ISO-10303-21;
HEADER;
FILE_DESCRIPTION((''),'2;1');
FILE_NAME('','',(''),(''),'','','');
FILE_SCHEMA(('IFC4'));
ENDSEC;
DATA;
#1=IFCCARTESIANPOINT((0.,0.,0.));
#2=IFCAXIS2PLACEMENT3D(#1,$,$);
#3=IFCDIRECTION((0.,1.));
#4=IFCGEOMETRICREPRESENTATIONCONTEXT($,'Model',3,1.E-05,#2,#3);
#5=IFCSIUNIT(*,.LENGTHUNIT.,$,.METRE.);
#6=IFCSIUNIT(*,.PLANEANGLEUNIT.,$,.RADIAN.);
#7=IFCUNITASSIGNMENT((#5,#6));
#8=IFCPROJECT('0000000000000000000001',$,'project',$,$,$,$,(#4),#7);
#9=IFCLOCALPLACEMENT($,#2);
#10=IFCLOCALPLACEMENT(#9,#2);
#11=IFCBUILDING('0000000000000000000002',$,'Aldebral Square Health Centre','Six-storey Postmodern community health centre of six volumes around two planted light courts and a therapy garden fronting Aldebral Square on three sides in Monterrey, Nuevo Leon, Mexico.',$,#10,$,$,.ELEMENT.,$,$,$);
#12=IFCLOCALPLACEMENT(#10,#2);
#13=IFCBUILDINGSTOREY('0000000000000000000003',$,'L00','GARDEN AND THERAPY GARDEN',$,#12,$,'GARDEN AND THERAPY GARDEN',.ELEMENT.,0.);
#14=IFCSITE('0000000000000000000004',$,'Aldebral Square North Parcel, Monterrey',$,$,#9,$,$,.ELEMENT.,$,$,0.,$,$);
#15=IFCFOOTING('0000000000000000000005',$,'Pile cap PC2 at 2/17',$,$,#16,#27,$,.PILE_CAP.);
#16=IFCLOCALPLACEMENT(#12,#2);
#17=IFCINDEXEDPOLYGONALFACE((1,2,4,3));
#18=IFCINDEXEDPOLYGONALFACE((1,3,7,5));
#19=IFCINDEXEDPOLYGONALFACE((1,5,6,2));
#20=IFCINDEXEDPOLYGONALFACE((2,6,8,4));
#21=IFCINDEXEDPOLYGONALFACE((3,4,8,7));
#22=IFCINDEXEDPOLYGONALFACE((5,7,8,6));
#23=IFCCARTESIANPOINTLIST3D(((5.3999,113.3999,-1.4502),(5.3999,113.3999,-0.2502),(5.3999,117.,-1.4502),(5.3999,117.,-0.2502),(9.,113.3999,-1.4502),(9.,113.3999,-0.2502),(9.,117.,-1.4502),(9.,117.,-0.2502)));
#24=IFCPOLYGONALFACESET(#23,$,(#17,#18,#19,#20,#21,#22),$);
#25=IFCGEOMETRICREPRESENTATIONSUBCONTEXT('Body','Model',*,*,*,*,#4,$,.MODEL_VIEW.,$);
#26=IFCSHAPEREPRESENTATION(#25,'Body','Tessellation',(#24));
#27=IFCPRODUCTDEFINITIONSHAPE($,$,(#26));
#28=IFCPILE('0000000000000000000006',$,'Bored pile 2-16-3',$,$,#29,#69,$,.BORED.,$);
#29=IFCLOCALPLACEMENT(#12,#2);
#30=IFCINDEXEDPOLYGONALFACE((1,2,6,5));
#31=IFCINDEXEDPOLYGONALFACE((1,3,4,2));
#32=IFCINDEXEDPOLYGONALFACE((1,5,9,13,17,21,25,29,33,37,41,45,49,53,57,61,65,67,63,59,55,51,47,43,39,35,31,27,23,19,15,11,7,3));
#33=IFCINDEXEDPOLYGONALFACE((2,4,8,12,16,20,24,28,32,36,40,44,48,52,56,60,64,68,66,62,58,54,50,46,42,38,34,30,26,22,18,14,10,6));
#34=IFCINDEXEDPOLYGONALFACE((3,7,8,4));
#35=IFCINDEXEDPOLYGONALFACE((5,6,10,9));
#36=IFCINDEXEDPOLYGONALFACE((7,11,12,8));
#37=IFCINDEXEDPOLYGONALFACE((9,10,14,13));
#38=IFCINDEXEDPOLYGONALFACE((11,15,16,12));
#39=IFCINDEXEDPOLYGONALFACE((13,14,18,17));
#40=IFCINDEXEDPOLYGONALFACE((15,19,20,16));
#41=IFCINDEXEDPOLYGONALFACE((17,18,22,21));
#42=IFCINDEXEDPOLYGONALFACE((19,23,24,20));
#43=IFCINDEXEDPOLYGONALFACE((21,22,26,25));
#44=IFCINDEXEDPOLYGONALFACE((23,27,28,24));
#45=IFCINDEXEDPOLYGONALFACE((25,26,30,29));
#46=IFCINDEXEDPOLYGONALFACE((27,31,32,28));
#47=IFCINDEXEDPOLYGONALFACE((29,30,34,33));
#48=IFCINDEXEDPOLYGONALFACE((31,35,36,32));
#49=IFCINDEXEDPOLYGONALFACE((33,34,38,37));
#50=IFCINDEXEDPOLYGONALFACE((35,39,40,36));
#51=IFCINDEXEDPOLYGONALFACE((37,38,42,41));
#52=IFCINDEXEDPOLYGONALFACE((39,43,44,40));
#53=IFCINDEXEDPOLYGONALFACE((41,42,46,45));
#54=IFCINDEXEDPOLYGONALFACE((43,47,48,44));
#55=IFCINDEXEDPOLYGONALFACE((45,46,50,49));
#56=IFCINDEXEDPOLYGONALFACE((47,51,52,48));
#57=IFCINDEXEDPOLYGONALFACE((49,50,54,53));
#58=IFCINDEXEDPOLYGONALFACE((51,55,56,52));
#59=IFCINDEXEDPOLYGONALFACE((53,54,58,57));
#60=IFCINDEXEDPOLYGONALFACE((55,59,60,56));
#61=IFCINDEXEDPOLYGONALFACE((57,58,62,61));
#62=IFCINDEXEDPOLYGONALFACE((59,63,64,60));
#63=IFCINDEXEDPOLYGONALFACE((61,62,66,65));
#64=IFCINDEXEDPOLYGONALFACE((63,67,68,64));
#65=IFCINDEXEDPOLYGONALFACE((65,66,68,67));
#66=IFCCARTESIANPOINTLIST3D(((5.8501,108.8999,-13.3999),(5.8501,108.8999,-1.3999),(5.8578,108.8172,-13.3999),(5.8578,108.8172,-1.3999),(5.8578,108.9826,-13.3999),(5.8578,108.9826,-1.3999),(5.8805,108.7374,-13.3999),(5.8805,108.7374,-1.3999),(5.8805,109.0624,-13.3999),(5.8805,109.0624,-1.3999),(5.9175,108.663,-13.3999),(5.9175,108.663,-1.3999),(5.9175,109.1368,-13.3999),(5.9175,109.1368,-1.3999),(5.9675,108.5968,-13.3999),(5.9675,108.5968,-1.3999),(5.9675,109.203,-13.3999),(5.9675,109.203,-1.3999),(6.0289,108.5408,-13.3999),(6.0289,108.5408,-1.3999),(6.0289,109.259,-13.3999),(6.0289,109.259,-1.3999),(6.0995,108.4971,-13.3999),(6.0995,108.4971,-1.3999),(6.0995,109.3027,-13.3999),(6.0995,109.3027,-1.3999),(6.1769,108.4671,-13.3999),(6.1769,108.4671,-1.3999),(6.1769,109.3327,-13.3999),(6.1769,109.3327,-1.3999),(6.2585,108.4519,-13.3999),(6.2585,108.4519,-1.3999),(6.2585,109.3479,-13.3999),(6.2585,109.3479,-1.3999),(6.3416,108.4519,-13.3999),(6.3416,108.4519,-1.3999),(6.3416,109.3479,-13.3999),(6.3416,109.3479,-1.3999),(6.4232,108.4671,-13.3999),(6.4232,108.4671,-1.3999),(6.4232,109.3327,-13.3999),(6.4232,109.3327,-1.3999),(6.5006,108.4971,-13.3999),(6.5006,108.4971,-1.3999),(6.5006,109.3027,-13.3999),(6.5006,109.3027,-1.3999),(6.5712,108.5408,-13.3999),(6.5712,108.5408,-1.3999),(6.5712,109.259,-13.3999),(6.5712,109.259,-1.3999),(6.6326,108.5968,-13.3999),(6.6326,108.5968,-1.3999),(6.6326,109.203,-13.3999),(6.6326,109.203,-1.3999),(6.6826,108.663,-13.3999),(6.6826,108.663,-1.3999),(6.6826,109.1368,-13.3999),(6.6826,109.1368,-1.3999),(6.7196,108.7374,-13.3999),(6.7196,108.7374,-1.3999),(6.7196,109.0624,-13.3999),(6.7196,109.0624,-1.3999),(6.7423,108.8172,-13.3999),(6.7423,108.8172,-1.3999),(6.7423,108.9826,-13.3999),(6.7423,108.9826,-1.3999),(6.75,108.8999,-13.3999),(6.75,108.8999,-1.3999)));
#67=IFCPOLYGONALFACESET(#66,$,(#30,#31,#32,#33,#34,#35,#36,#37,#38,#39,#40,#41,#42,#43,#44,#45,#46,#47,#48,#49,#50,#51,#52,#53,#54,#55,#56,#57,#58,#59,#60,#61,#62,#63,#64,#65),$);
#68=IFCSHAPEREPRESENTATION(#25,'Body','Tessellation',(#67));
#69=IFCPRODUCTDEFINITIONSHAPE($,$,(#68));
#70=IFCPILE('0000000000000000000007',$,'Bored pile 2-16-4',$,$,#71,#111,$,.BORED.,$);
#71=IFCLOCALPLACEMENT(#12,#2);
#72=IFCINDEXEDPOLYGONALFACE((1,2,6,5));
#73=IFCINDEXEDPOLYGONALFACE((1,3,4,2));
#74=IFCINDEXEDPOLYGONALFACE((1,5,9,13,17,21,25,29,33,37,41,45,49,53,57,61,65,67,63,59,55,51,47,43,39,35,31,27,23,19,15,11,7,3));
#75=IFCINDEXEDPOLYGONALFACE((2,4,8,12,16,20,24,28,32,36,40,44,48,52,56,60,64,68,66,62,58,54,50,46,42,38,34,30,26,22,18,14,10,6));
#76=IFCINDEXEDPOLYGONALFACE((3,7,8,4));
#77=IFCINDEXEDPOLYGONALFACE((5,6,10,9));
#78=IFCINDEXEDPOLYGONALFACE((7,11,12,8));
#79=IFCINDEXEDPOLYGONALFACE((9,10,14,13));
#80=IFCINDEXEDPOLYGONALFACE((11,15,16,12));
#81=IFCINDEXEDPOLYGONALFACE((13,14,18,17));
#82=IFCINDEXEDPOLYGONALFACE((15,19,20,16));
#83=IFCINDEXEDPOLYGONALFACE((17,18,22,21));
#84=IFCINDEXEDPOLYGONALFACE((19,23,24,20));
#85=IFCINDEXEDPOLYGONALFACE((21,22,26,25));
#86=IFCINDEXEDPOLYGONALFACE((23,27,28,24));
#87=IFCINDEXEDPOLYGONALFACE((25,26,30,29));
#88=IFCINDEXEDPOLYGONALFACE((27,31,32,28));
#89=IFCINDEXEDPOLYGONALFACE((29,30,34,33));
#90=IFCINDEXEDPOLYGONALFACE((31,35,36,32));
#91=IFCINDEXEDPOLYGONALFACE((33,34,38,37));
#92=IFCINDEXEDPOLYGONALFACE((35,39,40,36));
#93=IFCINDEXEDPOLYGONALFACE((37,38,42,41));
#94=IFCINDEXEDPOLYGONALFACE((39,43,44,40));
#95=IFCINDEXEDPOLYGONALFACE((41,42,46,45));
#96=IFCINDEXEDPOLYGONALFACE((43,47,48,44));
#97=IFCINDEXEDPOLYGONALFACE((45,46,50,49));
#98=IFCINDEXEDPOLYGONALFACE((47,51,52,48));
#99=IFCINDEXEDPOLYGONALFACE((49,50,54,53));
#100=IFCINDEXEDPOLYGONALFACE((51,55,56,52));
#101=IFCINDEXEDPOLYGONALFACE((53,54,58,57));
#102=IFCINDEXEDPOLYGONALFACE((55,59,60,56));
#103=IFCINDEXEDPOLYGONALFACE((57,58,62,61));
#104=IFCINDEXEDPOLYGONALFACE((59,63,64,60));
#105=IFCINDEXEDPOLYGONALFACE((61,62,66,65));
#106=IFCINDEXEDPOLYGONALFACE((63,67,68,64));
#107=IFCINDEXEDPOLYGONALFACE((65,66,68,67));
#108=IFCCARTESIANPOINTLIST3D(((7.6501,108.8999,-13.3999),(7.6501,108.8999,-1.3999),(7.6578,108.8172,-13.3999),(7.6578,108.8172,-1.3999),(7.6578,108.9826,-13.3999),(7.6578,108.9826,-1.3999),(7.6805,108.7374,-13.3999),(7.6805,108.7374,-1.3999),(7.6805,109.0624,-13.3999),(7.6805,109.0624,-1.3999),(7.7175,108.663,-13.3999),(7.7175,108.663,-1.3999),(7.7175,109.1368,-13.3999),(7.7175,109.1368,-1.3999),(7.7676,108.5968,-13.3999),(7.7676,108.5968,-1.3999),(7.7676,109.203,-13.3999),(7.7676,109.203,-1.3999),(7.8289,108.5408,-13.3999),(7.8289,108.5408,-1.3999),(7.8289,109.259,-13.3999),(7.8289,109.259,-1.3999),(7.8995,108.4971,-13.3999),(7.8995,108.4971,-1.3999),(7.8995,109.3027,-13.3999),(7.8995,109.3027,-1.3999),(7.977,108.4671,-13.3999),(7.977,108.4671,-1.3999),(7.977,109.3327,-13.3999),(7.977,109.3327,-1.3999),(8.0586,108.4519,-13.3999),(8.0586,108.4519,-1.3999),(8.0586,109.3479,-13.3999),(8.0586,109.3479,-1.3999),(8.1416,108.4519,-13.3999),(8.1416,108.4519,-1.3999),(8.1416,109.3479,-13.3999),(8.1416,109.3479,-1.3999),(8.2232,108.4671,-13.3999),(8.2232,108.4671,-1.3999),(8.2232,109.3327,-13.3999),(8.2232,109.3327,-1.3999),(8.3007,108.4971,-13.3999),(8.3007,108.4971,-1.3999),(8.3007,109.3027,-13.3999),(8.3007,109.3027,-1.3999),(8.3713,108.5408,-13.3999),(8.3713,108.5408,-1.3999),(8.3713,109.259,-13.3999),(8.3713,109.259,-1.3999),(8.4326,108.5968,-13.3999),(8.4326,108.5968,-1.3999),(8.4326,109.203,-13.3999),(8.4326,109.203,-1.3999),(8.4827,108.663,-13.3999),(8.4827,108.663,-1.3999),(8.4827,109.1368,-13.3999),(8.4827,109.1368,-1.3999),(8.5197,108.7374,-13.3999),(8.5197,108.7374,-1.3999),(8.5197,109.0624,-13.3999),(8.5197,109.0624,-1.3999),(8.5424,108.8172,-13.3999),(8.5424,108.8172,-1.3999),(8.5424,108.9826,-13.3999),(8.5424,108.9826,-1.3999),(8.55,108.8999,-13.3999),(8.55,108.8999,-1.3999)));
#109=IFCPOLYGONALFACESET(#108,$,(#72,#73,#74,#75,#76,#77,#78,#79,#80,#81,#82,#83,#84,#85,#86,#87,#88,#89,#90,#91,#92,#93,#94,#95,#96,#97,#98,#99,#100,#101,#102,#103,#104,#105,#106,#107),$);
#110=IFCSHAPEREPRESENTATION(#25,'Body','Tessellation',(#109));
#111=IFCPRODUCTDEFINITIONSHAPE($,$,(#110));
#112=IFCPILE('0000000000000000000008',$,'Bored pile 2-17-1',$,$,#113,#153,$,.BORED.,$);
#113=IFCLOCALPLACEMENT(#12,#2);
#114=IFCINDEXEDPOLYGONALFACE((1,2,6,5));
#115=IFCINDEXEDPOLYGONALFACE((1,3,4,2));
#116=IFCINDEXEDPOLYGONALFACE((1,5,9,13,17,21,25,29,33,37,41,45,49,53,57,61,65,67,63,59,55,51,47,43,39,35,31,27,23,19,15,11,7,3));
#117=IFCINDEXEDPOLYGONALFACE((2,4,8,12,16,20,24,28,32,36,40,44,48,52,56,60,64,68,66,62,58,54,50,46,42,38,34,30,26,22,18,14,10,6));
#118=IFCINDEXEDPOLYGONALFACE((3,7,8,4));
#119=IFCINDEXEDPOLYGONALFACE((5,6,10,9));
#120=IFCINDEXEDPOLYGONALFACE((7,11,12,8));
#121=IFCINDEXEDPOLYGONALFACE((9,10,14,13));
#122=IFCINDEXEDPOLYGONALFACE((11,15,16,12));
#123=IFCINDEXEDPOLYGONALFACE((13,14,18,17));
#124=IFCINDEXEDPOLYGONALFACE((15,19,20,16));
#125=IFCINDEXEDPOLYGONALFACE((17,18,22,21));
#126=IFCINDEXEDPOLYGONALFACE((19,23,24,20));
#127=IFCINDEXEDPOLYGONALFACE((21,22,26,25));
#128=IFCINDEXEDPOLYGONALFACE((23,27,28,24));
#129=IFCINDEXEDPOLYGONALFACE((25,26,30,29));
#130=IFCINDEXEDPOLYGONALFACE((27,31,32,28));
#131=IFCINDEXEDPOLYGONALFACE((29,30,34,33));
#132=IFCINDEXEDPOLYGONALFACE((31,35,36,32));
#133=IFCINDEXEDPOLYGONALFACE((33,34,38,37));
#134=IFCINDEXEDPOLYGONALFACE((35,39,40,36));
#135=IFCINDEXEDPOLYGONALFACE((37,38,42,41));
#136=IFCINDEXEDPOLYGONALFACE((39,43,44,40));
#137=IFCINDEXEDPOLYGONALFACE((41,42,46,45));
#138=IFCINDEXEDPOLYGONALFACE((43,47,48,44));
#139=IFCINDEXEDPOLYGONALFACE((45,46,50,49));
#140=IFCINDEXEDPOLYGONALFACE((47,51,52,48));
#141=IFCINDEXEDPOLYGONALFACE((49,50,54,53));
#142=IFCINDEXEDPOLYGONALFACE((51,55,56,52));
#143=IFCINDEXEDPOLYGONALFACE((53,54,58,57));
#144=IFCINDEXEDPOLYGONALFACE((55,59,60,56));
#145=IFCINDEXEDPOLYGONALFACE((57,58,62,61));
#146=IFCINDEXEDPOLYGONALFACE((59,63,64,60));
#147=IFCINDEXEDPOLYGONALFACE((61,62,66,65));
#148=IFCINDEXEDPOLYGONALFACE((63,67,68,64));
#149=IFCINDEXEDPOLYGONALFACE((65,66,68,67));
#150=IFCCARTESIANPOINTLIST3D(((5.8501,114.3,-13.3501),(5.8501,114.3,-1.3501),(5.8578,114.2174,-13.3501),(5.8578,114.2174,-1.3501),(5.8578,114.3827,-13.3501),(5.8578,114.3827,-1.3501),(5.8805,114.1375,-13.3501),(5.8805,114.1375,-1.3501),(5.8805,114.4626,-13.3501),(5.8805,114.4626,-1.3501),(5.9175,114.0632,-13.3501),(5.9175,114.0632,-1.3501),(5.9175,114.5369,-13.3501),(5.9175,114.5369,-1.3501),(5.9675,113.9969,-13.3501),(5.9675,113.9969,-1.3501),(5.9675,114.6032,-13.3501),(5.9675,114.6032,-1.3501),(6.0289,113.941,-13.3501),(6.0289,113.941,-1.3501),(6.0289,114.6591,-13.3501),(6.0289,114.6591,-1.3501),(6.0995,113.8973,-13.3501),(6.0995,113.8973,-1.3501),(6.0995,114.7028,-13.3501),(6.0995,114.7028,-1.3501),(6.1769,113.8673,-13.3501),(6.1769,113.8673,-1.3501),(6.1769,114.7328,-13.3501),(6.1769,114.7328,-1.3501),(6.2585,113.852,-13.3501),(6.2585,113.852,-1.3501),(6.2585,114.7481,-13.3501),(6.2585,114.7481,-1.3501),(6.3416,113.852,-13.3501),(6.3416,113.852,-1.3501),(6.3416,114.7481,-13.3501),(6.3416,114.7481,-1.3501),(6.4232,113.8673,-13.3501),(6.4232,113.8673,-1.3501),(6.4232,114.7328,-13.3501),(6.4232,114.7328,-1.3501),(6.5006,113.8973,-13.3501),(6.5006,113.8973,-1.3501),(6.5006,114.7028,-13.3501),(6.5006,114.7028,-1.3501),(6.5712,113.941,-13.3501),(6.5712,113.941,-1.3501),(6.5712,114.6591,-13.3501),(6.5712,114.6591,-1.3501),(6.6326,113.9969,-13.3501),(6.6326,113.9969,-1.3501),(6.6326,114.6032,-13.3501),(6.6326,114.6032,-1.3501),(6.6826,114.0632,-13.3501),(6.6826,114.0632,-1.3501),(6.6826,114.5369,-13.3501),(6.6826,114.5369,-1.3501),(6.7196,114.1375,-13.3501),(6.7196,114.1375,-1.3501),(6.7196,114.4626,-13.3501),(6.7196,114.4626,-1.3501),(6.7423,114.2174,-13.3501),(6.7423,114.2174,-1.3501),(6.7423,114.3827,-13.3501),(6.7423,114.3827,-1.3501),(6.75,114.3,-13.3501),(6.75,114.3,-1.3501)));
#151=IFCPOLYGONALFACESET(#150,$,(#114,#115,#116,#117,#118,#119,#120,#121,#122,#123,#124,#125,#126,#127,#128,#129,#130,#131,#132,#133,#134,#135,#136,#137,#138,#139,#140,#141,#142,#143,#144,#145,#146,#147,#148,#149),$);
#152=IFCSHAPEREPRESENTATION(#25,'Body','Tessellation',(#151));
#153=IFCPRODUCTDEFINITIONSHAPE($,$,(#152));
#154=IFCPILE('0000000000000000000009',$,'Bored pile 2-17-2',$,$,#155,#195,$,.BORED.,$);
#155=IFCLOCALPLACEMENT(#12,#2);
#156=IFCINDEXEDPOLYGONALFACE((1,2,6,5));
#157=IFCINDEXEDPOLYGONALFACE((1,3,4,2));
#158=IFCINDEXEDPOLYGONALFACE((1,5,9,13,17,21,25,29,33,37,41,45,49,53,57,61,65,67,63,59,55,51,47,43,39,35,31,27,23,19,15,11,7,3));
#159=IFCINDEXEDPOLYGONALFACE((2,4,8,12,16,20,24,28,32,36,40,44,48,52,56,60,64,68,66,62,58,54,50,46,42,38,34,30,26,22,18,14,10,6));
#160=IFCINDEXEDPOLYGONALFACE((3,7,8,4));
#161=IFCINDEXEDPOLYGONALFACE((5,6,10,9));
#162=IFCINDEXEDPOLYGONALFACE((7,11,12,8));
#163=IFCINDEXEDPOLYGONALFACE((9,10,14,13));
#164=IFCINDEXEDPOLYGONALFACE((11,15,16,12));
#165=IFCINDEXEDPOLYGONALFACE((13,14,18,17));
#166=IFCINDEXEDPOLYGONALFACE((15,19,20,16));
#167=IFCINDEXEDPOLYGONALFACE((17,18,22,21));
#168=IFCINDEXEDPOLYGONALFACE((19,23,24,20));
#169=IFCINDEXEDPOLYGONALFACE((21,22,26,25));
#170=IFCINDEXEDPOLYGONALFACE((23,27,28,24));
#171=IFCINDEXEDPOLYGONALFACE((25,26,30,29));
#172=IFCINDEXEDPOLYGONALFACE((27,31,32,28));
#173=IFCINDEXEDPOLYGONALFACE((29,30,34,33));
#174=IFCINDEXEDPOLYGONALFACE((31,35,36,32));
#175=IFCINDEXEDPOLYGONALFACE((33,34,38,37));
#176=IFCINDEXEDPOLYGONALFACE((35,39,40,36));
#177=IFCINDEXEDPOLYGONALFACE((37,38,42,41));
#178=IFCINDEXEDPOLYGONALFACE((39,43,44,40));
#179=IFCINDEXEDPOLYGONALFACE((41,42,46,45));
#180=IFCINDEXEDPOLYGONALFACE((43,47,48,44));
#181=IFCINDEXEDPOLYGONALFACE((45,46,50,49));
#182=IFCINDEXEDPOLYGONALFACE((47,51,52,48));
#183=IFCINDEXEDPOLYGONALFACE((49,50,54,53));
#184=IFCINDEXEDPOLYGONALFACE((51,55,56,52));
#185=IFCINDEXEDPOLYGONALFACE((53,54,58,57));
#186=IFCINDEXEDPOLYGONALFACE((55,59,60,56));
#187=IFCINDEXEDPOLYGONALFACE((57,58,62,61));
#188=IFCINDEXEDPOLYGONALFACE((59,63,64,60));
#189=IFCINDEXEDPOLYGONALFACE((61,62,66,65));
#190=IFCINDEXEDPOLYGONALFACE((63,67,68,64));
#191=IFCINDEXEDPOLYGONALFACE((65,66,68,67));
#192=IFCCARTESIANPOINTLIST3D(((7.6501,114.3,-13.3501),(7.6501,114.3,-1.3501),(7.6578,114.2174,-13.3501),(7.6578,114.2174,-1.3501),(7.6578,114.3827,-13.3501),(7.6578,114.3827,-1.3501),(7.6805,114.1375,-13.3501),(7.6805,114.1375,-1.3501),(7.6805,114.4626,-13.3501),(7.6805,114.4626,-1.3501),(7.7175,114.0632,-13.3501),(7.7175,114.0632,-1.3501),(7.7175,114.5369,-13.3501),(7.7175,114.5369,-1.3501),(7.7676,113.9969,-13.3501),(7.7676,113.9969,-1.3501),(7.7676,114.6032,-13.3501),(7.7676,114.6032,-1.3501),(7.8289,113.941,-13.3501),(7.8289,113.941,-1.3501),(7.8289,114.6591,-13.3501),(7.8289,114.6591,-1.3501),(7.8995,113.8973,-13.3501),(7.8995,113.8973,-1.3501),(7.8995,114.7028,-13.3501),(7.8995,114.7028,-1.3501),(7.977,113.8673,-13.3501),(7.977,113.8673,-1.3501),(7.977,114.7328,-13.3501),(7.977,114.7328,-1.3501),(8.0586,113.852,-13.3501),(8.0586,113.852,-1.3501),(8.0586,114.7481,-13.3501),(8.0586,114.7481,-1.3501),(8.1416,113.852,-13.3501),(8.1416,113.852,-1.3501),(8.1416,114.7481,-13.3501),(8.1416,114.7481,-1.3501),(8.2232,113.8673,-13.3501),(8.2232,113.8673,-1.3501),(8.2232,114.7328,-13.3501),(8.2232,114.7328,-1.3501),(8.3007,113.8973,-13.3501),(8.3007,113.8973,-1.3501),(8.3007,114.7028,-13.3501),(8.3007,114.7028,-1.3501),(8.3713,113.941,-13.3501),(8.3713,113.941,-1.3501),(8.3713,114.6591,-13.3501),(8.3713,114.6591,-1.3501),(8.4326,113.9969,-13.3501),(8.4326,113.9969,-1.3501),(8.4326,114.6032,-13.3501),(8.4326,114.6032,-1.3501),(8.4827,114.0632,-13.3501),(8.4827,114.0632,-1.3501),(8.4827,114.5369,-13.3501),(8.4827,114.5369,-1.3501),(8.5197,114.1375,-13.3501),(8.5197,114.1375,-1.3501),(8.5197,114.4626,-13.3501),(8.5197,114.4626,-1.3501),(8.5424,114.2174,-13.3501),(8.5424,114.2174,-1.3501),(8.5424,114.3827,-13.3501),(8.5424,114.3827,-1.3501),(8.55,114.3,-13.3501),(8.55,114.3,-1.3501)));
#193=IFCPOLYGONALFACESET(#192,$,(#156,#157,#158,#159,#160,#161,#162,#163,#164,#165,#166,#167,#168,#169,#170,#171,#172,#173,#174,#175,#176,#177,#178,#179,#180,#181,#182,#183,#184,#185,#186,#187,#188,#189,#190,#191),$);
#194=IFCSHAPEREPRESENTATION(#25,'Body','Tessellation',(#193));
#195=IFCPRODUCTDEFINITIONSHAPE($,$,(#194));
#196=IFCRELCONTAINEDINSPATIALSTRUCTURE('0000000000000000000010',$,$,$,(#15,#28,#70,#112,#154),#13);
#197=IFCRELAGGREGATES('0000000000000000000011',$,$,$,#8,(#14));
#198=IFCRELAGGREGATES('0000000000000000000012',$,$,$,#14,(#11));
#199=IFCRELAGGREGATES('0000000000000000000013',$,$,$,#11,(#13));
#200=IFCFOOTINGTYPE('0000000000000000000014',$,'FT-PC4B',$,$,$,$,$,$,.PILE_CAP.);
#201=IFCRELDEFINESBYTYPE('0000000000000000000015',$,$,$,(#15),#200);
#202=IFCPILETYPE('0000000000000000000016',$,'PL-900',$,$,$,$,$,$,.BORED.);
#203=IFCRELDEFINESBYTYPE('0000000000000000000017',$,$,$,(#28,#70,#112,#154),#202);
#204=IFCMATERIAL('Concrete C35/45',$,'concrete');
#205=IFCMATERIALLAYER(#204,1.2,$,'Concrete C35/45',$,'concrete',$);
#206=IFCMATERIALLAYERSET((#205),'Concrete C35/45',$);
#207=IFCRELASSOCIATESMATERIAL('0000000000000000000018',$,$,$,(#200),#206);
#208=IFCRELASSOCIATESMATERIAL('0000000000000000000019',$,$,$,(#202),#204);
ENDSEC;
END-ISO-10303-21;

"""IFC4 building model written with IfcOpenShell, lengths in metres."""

from ifc_helpers import new_model, si_unit, direction, frame, origin, origin_2d, place, context, subcontext, project, spatial, rectangle, circle, extrude, material, layer, layer_set, material_profile, profile_set, type_object, element, save


model = new_model("IFC4")

# Units and contexts
model_context = context("Model", 3, precision=1e-05, world=origin(), true_north=direction((0.0, 1.0)))
body_context = subcontext(model_context, "Body", "Model", "MODEL_VIEW")
ifc_project = project(units=[si_unit("LENGTHUNIT", "METRE"), si_unit("PLANEANGLEUNIT", "RADIAN")], contexts=[model_context])

# Site, building, storey
site_placement = place(None, origin())
site = spatial("IfcSite", under=ifc_project, at=site_placement, Name="Aldebral Square North Parcel, Monterrey", CompositionType="ELEMENT", RefElevation=0.0)
building_placement = place(site_placement, origin())
building = spatial("IfcBuilding", under=site, at=building_placement, Name="Aldebral Square Health Centre", Description="Six-storey Postmodern community health centre of six volumes around two planted light courts and a therapy garden fronting Aldebral Square on three sides in Monterrey, Nuevo Leon, Mexico.", CompositionType="ELEMENT")
storey_placement = place(building_placement, origin())
storey = spatial("IfcBuildingStorey", under=building, at=storey_placement, Name="L00", Description="GARDEN AND THERAPY GARDEN", LongName="GARDEN AND THERAPY GARDEN", CompositionType="ELEMENT", Elevation=0.0)

# Footing
ifc_material_1 = material(Name="Concrete C35/45", Category="concrete")
ifc_layer_1 = layer(ifc_material_1, 1.2, Name="Concrete C35/45", Category="concrete")
ifc_layer_set_1 = layer_set([ifc_layer_1], Name="Concrete C35/45")
footing_type = type_object("IfcFootingType", Name="FT-PC4B", PredefinedType="PILE_CAP", material=ifc_layer_set_1)
footing_placement = place(storey_placement, frame((7.2, 115.2, -1.4502), z_axis=(0.0, 0.0, 1.0), x_axis=(1.0, 0.0, 0.0)))
element("IfcFooting", 1, at=footing_placement, inside=storey, type_object=footing_type, Name="Pile cap PC2 at 2/17", PredefinedType="PILE_CAP", context=body_context, shape_type="SweptSolid", body=[
    extrude(rectangle(XDim=3.6001, YDim=3.6001, at=origin_2d()), origin(), (0.0, 0.0, 1.0), 1.2),
])

# Piles
ifc_material_profile_1 = material_profile(ifc_material_1, circle(Radius=0.45, at=origin_2d()), Name="PILE D900")
ifc_profile_set_1 = profile_set([ifc_material_profile_1], Name="Concrete C35/45")
pile_type = type_object("IfcPileType", Name="PL-900", PredefinedType="BORED", material=ifc_profile_set_1)
for number, where, z_axis, x_axis, name in (
    (2, (6.3, 108.8999, -1.3999), (0.0, 0.0, -1.0), (1.0, 0.0, 0.0), "Bored pile 2-16-3"),
    (3, (8.1001, 108.8999, -1.3999), (0.0, 0.0, -1.0), (1.0, 0.0, 0.0), "Bored pile 2-16-4"),
    (4, (6.3, 114.3, -1.3501), (0.0, 0.0, -1.0), (1.0, 0.0, 0.0), "Bored pile 2-17-1"),
    (5, (8.1001, 114.3, -1.3501), (0.0, 0.0, -1.0), (1.0, 0.0, 0.0), "Bored pile 2-17-2"),
):
    element("IfcPile", number, at=place(storey_placement, frame(where, z_axis=z_axis, x_axis=x_axis)), inside=storey, type_object=pile_type, Name=name, PredefinedType="BORED", context=body_context, shape_type="SweptSolid", body=[
        extrude(circle(Radius=0.45, at=origin_2d()), origin(), (0.0, 0.0, 1.0), 12.0),
    ])

save(model, "model.ifc")
